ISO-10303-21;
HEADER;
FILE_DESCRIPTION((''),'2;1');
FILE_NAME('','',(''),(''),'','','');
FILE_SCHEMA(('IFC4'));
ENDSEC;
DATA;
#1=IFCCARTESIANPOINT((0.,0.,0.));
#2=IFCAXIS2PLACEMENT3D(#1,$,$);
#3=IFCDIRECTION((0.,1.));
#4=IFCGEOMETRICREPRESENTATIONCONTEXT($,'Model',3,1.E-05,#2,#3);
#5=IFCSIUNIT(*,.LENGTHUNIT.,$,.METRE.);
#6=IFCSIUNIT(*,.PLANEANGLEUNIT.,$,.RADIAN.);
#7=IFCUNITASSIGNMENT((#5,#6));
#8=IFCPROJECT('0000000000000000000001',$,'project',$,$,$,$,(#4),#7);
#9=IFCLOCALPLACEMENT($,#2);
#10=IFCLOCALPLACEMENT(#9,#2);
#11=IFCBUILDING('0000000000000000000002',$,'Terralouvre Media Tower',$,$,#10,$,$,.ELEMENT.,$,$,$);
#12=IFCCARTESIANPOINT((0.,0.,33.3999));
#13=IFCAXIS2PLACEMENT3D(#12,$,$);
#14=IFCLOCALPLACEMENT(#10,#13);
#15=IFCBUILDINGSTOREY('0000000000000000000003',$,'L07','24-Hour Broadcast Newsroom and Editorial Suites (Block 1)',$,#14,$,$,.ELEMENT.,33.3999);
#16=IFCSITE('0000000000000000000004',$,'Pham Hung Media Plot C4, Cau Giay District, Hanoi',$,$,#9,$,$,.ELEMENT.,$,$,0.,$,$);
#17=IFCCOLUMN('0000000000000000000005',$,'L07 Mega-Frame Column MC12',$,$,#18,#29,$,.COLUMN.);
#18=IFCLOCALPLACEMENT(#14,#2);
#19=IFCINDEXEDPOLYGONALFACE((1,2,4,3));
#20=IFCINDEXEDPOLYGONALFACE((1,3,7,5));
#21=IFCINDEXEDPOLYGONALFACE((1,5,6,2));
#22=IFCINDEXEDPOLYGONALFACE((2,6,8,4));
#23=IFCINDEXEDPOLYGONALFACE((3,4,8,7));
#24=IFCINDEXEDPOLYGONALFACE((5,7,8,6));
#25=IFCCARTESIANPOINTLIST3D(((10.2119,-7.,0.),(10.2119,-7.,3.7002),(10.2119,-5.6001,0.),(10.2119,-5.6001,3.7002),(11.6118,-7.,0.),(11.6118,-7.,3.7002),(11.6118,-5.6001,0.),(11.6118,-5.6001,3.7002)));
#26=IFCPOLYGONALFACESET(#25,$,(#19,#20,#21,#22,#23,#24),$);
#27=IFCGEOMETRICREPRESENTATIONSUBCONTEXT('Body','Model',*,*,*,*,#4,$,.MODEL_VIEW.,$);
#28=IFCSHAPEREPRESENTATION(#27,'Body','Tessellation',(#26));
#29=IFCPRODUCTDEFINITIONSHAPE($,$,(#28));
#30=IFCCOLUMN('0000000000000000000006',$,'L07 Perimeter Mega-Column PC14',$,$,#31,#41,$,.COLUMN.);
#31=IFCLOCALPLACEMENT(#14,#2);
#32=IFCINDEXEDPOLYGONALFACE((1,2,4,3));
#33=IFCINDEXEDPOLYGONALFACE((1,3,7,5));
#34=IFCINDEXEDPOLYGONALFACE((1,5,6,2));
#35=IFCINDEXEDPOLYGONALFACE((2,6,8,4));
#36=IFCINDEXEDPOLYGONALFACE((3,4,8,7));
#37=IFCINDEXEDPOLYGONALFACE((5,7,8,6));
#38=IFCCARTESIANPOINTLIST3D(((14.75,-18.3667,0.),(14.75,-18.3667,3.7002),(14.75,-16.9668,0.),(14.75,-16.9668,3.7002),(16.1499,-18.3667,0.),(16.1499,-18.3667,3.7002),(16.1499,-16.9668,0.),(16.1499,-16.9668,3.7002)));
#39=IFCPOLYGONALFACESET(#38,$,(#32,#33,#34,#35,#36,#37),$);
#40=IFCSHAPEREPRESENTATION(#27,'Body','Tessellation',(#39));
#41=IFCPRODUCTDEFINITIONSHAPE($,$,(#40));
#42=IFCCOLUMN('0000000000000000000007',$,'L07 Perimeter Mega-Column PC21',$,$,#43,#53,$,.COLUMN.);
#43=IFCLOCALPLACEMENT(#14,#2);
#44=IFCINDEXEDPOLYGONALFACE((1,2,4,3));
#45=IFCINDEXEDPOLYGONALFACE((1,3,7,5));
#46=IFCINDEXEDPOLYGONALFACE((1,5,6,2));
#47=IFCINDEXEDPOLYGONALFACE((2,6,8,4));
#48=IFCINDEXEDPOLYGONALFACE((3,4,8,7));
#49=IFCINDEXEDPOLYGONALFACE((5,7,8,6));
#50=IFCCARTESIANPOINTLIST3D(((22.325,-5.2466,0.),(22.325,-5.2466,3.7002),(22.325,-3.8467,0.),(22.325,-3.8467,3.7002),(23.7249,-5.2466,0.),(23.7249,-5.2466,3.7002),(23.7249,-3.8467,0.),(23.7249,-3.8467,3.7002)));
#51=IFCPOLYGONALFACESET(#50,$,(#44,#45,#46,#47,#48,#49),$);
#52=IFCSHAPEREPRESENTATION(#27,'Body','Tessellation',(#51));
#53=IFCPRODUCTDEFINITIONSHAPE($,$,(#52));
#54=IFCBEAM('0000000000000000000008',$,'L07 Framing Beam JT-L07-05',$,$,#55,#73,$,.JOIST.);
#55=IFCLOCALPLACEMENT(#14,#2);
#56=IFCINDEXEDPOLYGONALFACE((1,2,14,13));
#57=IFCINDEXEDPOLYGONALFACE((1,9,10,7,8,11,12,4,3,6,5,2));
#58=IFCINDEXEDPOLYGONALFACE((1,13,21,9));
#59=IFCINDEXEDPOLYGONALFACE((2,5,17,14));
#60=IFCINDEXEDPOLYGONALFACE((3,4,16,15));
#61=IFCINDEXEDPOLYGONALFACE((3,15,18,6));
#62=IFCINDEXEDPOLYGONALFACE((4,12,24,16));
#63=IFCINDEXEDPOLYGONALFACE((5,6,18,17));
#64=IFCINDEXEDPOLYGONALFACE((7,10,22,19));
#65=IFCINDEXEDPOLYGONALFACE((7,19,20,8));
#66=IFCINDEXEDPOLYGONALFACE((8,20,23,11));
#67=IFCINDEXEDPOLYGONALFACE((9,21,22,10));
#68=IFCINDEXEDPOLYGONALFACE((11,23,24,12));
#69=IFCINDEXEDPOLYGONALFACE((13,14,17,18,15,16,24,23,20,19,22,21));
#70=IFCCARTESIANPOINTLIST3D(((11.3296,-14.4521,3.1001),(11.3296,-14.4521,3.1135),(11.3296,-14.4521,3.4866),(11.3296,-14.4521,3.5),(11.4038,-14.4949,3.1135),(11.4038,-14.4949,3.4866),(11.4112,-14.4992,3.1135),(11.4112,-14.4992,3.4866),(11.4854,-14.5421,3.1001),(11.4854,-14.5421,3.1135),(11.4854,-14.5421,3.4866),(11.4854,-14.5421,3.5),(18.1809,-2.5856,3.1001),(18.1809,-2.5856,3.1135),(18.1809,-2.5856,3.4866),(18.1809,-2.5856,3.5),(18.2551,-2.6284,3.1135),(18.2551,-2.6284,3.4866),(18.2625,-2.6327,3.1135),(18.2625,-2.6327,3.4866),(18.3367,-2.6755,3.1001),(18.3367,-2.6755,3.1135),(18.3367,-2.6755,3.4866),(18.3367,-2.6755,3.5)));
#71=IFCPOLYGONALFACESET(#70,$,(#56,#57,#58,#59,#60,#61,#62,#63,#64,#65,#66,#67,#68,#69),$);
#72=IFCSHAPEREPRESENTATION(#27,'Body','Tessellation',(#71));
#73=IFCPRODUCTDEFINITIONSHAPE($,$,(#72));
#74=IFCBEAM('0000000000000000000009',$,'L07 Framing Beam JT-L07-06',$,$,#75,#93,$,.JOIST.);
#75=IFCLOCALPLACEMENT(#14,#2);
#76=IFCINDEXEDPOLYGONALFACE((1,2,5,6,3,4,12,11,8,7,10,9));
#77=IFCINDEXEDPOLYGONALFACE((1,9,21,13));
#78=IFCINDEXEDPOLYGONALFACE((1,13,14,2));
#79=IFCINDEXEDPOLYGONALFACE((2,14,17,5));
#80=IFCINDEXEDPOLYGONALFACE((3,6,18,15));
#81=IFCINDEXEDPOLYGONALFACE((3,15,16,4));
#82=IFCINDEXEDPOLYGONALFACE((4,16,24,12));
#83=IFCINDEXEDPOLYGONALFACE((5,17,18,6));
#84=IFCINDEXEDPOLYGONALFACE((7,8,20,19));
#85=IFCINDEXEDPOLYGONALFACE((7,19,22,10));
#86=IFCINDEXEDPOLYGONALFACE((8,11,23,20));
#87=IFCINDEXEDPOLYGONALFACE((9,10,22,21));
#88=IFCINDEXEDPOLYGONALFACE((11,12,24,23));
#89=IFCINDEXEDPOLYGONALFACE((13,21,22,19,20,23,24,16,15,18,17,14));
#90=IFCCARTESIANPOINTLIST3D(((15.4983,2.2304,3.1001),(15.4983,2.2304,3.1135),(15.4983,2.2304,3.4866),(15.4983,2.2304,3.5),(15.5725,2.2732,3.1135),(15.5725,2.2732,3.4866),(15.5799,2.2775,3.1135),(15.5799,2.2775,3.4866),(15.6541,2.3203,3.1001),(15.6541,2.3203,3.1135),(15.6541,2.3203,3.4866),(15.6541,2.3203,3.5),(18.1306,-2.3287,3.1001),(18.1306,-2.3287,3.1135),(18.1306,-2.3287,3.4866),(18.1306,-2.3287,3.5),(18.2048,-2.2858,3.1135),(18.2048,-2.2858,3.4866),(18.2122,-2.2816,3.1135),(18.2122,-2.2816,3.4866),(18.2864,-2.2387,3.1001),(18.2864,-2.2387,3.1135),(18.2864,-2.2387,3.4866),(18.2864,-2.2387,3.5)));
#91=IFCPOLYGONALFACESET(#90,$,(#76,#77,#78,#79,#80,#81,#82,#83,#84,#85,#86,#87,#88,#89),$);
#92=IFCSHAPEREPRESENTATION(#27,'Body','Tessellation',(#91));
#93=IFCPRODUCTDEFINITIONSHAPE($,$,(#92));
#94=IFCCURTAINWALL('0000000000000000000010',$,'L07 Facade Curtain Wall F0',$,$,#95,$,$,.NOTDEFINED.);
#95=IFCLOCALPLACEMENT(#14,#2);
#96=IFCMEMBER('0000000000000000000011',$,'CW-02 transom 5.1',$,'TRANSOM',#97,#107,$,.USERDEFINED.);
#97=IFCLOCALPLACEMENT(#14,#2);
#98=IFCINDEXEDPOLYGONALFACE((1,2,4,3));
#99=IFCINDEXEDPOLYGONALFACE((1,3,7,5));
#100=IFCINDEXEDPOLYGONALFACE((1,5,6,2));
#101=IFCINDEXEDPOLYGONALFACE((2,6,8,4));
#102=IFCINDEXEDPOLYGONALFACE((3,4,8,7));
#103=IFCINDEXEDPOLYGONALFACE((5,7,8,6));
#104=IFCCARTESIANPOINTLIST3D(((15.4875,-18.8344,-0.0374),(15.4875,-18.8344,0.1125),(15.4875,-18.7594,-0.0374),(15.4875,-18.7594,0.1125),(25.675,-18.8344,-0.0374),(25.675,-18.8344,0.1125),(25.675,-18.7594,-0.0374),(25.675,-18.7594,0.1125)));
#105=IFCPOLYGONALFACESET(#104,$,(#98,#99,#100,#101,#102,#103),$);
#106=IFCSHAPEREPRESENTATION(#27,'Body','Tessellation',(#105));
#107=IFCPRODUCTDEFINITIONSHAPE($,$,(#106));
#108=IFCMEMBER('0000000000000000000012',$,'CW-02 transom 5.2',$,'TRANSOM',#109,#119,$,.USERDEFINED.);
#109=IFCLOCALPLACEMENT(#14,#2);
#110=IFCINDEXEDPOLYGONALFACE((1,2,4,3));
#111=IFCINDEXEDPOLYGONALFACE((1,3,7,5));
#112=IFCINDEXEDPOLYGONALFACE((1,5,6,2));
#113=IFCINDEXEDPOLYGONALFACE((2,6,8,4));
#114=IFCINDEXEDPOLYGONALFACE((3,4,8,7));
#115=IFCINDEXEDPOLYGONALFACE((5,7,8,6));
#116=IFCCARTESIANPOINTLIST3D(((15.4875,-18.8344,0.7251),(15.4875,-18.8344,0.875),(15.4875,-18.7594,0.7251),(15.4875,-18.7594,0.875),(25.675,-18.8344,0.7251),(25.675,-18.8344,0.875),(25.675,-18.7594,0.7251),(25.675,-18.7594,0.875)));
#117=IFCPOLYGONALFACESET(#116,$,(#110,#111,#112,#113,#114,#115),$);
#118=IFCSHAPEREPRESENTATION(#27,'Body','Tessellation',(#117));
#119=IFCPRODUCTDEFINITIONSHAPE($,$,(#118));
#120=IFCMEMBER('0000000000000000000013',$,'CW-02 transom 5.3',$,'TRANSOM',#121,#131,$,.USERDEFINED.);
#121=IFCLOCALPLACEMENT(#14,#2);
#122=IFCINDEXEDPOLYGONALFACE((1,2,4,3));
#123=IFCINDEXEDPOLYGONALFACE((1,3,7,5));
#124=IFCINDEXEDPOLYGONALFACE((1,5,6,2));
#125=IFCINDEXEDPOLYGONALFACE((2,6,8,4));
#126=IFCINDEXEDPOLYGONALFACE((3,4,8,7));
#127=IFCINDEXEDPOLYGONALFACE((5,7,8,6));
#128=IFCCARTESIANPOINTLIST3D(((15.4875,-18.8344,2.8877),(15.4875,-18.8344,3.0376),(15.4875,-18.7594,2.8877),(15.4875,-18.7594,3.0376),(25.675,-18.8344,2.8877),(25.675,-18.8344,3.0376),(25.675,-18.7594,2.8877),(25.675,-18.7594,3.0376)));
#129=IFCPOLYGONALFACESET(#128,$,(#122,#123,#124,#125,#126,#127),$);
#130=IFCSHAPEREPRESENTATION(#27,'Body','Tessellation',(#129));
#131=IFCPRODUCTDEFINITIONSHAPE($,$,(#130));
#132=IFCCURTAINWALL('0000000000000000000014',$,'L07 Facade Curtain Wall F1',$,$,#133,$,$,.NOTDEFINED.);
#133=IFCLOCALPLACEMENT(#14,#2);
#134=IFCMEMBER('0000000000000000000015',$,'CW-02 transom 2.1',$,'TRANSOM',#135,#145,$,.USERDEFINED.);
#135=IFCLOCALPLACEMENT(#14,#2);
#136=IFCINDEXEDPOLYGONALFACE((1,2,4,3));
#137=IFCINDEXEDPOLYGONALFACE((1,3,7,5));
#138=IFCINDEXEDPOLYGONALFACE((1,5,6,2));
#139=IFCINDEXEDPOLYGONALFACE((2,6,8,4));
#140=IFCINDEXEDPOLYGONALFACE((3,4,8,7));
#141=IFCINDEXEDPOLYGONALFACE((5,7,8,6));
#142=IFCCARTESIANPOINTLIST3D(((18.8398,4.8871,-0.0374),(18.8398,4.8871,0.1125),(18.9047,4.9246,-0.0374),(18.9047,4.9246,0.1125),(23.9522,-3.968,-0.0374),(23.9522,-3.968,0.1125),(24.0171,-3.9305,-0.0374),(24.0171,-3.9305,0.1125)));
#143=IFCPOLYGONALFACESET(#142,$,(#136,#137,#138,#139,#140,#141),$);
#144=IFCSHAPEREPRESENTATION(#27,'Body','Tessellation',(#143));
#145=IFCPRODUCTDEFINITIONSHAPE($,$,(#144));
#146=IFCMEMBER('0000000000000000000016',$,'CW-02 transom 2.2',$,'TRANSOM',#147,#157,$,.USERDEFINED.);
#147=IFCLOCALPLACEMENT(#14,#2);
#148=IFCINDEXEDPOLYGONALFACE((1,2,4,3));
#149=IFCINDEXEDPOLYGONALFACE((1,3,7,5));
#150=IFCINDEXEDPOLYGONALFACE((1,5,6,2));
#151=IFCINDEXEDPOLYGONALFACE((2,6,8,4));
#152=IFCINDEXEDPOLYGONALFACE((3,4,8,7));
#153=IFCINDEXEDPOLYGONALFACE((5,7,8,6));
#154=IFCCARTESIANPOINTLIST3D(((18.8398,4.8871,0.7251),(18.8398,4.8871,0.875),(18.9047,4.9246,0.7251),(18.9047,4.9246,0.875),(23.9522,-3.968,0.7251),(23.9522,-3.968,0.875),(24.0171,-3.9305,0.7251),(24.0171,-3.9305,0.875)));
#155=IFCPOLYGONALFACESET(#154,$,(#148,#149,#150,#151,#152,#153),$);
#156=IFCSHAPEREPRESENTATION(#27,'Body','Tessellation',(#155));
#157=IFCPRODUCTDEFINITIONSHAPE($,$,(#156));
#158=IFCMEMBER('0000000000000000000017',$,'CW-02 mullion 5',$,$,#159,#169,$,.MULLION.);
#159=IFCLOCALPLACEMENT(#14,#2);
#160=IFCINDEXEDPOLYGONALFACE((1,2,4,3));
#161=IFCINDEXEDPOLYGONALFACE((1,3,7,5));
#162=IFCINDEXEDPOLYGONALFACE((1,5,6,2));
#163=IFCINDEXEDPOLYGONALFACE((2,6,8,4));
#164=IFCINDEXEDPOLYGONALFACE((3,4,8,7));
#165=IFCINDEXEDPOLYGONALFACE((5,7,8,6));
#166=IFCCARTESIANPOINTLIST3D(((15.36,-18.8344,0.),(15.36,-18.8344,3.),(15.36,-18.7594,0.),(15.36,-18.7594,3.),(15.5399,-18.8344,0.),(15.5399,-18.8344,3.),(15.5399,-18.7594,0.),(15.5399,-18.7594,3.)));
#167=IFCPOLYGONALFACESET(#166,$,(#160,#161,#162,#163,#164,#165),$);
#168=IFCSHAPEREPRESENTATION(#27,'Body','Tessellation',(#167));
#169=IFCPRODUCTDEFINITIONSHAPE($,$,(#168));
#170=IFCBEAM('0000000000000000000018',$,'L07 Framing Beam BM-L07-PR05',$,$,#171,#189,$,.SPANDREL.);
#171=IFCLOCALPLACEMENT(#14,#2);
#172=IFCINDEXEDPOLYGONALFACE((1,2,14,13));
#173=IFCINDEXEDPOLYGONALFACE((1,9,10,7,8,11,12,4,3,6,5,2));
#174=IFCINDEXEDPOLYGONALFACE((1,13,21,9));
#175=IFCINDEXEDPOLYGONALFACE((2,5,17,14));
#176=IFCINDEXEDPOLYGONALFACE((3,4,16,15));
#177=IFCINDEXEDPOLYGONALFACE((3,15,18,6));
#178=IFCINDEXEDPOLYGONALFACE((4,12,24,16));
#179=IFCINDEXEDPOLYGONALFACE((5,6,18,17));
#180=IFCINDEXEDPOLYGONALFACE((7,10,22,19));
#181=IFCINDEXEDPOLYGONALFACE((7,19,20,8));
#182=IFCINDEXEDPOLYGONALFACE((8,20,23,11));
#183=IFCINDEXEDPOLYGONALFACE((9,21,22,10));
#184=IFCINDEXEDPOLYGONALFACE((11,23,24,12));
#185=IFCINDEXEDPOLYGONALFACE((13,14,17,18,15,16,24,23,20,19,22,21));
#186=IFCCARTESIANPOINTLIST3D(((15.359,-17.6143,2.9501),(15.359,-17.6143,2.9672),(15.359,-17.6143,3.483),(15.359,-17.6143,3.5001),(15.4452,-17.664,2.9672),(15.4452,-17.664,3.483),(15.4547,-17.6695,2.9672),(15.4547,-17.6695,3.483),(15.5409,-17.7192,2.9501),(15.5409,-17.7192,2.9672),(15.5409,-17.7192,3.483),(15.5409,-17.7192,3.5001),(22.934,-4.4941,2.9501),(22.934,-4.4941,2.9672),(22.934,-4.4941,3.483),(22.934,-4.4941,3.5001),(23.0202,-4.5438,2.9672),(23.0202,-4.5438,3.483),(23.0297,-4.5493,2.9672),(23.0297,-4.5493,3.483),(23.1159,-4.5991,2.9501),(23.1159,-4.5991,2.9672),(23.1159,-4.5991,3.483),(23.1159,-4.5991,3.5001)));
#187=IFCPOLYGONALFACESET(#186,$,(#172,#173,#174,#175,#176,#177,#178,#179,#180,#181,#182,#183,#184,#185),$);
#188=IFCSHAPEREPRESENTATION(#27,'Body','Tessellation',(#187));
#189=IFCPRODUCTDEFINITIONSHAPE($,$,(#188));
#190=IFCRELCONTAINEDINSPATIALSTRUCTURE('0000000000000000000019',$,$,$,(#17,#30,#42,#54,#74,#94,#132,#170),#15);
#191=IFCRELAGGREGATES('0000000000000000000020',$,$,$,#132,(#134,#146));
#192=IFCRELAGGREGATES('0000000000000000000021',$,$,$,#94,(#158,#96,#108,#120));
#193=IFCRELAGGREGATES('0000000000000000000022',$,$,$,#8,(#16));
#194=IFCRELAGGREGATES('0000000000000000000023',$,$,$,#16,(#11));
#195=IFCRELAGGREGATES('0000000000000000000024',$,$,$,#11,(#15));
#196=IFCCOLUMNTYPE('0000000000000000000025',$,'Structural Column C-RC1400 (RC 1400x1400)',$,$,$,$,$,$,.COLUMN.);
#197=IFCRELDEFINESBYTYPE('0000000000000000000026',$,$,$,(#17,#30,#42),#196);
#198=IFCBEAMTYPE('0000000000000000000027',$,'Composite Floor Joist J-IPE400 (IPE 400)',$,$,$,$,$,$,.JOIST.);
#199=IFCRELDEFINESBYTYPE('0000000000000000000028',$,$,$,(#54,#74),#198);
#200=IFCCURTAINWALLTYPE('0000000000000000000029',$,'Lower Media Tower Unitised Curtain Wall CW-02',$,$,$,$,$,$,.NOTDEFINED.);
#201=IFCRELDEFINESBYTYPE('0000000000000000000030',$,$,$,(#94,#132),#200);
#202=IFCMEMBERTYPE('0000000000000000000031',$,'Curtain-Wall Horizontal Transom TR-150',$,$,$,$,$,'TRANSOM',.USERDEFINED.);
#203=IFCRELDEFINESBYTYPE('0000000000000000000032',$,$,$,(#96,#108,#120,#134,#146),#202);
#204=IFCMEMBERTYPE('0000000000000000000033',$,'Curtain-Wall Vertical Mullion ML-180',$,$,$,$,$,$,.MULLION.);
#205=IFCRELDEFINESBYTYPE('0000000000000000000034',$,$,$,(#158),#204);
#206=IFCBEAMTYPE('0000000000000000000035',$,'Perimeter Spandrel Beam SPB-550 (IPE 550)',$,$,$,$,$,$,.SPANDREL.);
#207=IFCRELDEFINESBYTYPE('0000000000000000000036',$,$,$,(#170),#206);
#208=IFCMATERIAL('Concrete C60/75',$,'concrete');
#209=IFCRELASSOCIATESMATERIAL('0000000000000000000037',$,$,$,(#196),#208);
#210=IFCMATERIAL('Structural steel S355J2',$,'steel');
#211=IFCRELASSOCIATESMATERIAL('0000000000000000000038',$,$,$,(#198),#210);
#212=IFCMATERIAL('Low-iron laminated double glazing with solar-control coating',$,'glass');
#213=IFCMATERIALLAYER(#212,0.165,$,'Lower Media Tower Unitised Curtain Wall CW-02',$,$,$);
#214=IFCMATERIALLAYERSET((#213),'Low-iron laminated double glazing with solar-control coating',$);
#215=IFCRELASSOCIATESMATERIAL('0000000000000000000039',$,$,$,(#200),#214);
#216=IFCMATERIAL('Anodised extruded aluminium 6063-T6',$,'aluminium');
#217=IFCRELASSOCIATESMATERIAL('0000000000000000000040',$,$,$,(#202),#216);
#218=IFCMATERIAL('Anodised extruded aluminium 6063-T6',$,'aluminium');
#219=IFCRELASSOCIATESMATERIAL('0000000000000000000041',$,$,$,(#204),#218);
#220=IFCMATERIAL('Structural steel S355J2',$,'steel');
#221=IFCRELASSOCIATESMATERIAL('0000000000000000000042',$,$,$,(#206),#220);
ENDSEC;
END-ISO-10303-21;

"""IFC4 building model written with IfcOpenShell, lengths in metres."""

from ifc_helpers import new_model, si_unit, direction, frame, origin, origin_2d, place, context, subcontext, project, spatial, rectangle, i_section, extrude, material, layer, layer_set, material_profile, profile_set, type_object, element, aggregate, save


model = new_model("IFC4")

# Units and contexts
model_context = context("Model", 3, precision=1e-05, world=origin(), true_north=direction((0.0, 1.0)))
body_context = subcontext(model_context, "Body", "Model", "MODEL_VIEW")
ifc_project = project(units=[si_unit("LENGTHUNIT", "METRE"), si_unit("PLANEANGLEUNIT", "RADIAN")], contexts=[model_context])

# Site, building, storey
site_placement = place(None, origin())
site = spatial("IfcSite", under=ifc_project, at=site_placement, Name="Pham Hung Media Plot C4, Cau Giay District, Hanoi", CompositionType="ELEMENT", RefElevation=0.0)
building_placement = place(site_placement, origin())
building = spatial("IfcBuilding", under=site, at=building_placement, Name="Terralouvre Media Tower", CompositionType="ELEMENT")
storey_placement = place(building_placement, frame((0.0, 0.0, 33.3999)))
storey = spatial("IfcBuildingStorey", under=building, at=storey_placement, Name="L07", Description="24-Hour Broadcast Newsroom and Editorial Suites (Block 1)", CompositionType="ELEMENT", Elevation=33.3999)

# Columns
ifc_material_1 = material(Name="Concrete C60/75", Category="concrete")
ifc_material_profile_1 = material_profile(ifc_material_1, rectangle(XDim=1.3999, YDim=1.3999, at=origin_2d()), Name="RC 1400x1400")
ifc_profile_set_1 = profile_set([ifc_material_profile_1], Name="Concrete C60/75")
column_type = type_object("IfcColumnType", Name="Structural Column C-RC1400 (RC 1400x1400)", PredefinedType="COLUMN", material=ifc_profile_set_1)
for number, where, z_axis, x_axis, name in (
    (1, (10.9119, -6.3, 0.0), (0.0, 0.0, 1.0), (1.0, 0.0, 0.0), "L07 Mega-Frame Column MC12"),
    (2, (15.45, -17.6667, 0.0), (0.0, 0.0, 1.0), (1.0, 0.0, 0.0), "L07 Perimeter Mega-Column PC14"),
    (3, (23.0249, -4.5466, 0.0), (0.0, 0.0, 1.0), (1.0, 0.0, 0.0), "L07 Perimeter Mega-Column PC21"),
):
    element("IfcColumn", number, at=place(storey_placement, frame(where, z_axis=z_axis, x_axis=x_axis)), inside=storey, type_object=column_type, Name=name, PredefinedType="COLUMN", context=body_context, shape_type="SweptSolid", body=[
        extrude(rectangle(XDim=1.3999, YDim=1.3999, at=origin_2d()), origin(), (0.0, 0.0, 1.0), 3.7002),
    ])

# Beams
ifc_material_2 = material(Name="Structural steel S355J2", Category="steel")
ifc_material_profile_2 = material_profile(ifc_material_2, i_section(OverallWidth=0.1799, OverallDepth=0.3999, WebThickness=0.0085, FlangeThickness=0.0134, at=origin_2d()), Name="IPE 400")
ifc_profile_set_2 = profile_set([ifc_material_profile_2], Name="Structural steel S355J2")
beam_type_1 = type_object("IfcBeamType", Name="Composite Floor Joist J-IPE400 (IPE 400)", PredefinedType="JOIST", material=ifc_profile_set_2)
beam_1_placement = place(storey_placement, frame((11.4075, -14.4971, 3.3), z_axis=(0.500012, 0.866019, 0.0), x_axis=(-0.866019, 0.500012, 0.0)))
element("IfcBeam", 4, at=beam_1_placement, inside=storey, type_object=beam_type_1, Name="L07 Framing Beam JT-L07-05", PredefinedType="JOIST", context=body_context, shape_type="SweptSolid", body=[
    extrude(i_section(OverallWidth=0.1799, OverallDepth=0.3999, WebThickness=0.0085, FlangeThickness=0.0134, at=origin_2d()), origin(), (0.0, 0.0, 1.0), 13.7024),
])
beam_2_placement = place(storey_placement, frame((18.2085, -2.2837, 3.3), z_axis=(-0.50002, 0.866014, 0.0), x_axis=(-0.866014, -0.50002, 0.0)))
element("IfcBeam", 5, at=beam_2_placement, inside=storey, type_object=beam_type_1, Name="L07 Framing Beam JT-L07-06", PredefinedType="JOIST", context=body_context, shape_type="SweptSolid", body=[
    extrude(i_section(OverallWidth=0.1799, OverallDepth=0.3999, WebThickness=0.0085, FlangeThickness=0.0134, at=origin_2d()), origin(), (0.0, 0.0, 1.0), 5.2644),
])

# Curtain walls, members
ifc_material_3 = material(Name="Low-iron laminated double glazing with solar-control coating", Category="glass")
ifc_layer_1 = layer(ifc_material_3, 0.165, Name="Lower Media Tower Unitised Curtain Wall CW-02")
ifc_layer_set_1 = layer_set([ifc_layer_1], Name="Low-iron laminated double glazing with solar-control coating")
curtain_wall_type = type_object("IfcCurtainWallType", Name="Lower Media Tower Unitised Curtain Wall CW-02", PredefinedType="NOTDEFINED", material=ifc_layer_set_1)
curtain_wall_1_placement = place(storey_placement, origin())
curtain_wall_1 = element("IfcCurtainWall", 6, at=curtain_wall_1_placement, inside=storey, type_object=curtain_wall_type, Name="L07 Facade Curtain Wall F0", PredefinedType="NOTDEFINED")
ifc_material_4 = material(Name="Anodised extruded aluminium 6063-T6", Category="aluminium")
ifc_material_profile_3 = material_profile(ifc_material_4, rectangle(XDim=0.075, YDim=0.1499, at=origin_2d()), Name="ALU 75x150")
ifc_profile_set_3 = profile_set([ifc_material_profile_3], Name="Anodised extruded aluminium 6063-T6")
member_type_1 = type_object("IfcMemberType", Name="Curtain-Wall Horizontal Transom TR-150", ElementType="TRANSOM", PredefinedType="USERDEFINED", material=ifc_profile_set_3)
member_1_placement = place(storey_placement, frame((15.4875, -18.7969, 0.0376), z_axis=(1.0, 0.0, 0.0), x_axis=(0.0, 1.0, 0.0)))
member_1 = element("IfcMember", 7, at=member_1_placement, type_object=member_type_1, Name="CW-02 transom 5.1", ObjectType="TRANSOM", PredefinedType="USERDEFINED", context=body_context, shape_type="SweptSolid", body=[
    extrude(rectangle(XDim=0.075, YDim=0.1499, at=origin_2d()), origin(), (0.0, 0.0, 1.0), 10.1875),
])
member_2_placement = place(storey_placement, frame((15.4875, -18.7969, 0.8), z_axis=(1.0, 0.0, 0.0), x_axis=(0.0, 1.0, 0.0)))
member_2 = element("IfcMember", 8, at=member_2_placement, type_object=member_type_1, Name="CW-02 transom 5.2", ObjectType="TRANSOM", PredefinedType="USERDEFINED", context=body_context, shape_type="SweptSolid", body=[
    extrude(rectangle(XDim=0.075, YDim=0.1499, at=origin_2d()), origin(), (0.0, 0.0, 1.0), 10.1875),
])
member_3_placement = place(storey_placement, frame((15.4875, -18.7969, 2.9626), z_axis=(1.0, 0.0, 0.0), x_axis=(0.0, 1.0, 0.0)))
member_3 = element("IfcMember", 9, at=member_3_placement, type_object=member_type_1, Name="CW-02 transom 5.3", ObjectType="TRANSOM", PredefinedType="USERDEFINED", context=body_context, shape_type="SweptSolid", body=[
    extrude(rectangle(XDim=0.075, YDim=0.1499, at=origin_2d()), origin(), (0.0, 0.0, 1.0), 10.1875),
])
curtain_wall_2_placement = place(storey_placement, origin())
curtain_wall_2 = element("IfcCurtainWall", 10, at=curtain_wall_2_placement, inside=storey, type_object=curtain_wall_type, Name="L07 Facade Curtain Wall F1", PredefinedType="NOTDEFINED")
member_4_placement = place(storey_placement, frame((23.9846, -3.9492, 0.0376), z_axis=(-0.499991, 0.866031, 0.0), x_axis=(-0.866031, -0.499991, 0.0)))
member_4 = element("IfcMember", 11, at=member_4_placement, type_object=member_type_1, Name="CW-02 transom 2.1", ObjectType="TRANSOM", PredefinedType="USERDEFINED", context=body_context, shape_type="SweptSolid", body=[
    extrude(rectangle(XDim=0.075, YDim=0.1499, at=origin_2d()), origin(), (0.0, 0.0, 1.0), 10.2249),
])
member_5_placement = place(storey_placement, frame((23.9846, -3.9492, 0.8), z_axis=(-0.499991, 0.866031, 0.0), x_axis=(-0.866031, -0.499991, 0.0)))
member_5 = element("IfcMember", 12, at=member_5_placement, type_object=member_type_1, Name="CW-02 transom 2.2", ObjectType="TRANSOM", PredefinedType="USERDEFINED", context=body_context, shape_type="SweptSolid", body=[
    extrude(rectangle(XDim=0.075, YDim=0.1499, at=origin_2d()), origin(), (0.0, 0.0, 1.0), 10.2249),
])
aggregate(curtain_wall_2, [member_4, member_5])

# Member
ifc_material_5 = material(Name="Anodised extruded aluminium 6063-T6", Category="aluminium")
ifc_material_profile_4 = material_profile(ifc_material_5, rectangle(XDim=0.075, YDim=0.1799, at=origin_2d()), Name="ALU 75x180")
ifc_profile_set_4 = profile_set([ifc_material_profile_4], Name="Anodised extruded aluminium 6063-T6")
member_type_2 = type_object("IfcMemberType", Name="Curtain-Wall Vertical Mullion ML-180", PredefinedType="MULLION", material=ifc_profile_set_4)
member_6_placement = place(storey_placement, frame((15.45, -18.7969, 0.0), z_axis=(0.0, 0.0, 1.0), x_axis=(0.0, 1.0, 0.0)))
member_6 = element("IfcMember", 13, at=member_6_placement, type_object=member_type_2, Name="CW-02 mullion 5", PredefinedType="MULLION", context=body_context, shape_type="SweptSolid", body=[
    extrude(rectangle(XDim=0.075, YDim=0.1799, at=origin_2d()), origin(), (0.0, 0.0, 1.0), 3.0),
])

# Beam
ifc_material_6 = material(Name="Structural steel S355J2", Category="steel")
ifc_material_profile_5 = material_profile(ifc_material_6, i_section(OverallWidth=0.21, OverallDepth=0.55, WebThickness=0.011, FlangeThickness=0.0171, at=origin_2d()), Name="IPE 550")
ifc_profile_set_5 = profile_set([ifc_material_profile_5], Name="Structural steel S355J2")
beam_type_2 = type_object("IfcBeamType", Name="Perimeter Spandrel Beam SPB-550 (IPE 550)", PredefinedType="SPANDREL", material=ifc_profile_set_5)
beam_3_placement = place(storey_placement, frame((15.45, -17.6667, 3.2251), z_axis=(0.500002, 0.866024, 0.0), x_axis=(-0.866024, 0.500002, 0.0)))
element("IfcBeam", 14, at=beam_3_placement, inside=storey, type_object=beam_type_2, Name="L07 Framing Beam BM-L07-PR05", PredefinedType="SPANDREL", context=body_context, shape_type="SweptSolid", body=[
    extrude(i_section(OverallWidth=0.21, OverallDepth=0.55, WebThickness=0.011, FlangeThickness=0.0171, at=origin_2d()), origin(), (0.0, 0.0, 1.0), 15.1499),
])

aggregate(curtain_wall_1, [member_6, member_1, member_2, member_3])

save(model, "model.ifc")
